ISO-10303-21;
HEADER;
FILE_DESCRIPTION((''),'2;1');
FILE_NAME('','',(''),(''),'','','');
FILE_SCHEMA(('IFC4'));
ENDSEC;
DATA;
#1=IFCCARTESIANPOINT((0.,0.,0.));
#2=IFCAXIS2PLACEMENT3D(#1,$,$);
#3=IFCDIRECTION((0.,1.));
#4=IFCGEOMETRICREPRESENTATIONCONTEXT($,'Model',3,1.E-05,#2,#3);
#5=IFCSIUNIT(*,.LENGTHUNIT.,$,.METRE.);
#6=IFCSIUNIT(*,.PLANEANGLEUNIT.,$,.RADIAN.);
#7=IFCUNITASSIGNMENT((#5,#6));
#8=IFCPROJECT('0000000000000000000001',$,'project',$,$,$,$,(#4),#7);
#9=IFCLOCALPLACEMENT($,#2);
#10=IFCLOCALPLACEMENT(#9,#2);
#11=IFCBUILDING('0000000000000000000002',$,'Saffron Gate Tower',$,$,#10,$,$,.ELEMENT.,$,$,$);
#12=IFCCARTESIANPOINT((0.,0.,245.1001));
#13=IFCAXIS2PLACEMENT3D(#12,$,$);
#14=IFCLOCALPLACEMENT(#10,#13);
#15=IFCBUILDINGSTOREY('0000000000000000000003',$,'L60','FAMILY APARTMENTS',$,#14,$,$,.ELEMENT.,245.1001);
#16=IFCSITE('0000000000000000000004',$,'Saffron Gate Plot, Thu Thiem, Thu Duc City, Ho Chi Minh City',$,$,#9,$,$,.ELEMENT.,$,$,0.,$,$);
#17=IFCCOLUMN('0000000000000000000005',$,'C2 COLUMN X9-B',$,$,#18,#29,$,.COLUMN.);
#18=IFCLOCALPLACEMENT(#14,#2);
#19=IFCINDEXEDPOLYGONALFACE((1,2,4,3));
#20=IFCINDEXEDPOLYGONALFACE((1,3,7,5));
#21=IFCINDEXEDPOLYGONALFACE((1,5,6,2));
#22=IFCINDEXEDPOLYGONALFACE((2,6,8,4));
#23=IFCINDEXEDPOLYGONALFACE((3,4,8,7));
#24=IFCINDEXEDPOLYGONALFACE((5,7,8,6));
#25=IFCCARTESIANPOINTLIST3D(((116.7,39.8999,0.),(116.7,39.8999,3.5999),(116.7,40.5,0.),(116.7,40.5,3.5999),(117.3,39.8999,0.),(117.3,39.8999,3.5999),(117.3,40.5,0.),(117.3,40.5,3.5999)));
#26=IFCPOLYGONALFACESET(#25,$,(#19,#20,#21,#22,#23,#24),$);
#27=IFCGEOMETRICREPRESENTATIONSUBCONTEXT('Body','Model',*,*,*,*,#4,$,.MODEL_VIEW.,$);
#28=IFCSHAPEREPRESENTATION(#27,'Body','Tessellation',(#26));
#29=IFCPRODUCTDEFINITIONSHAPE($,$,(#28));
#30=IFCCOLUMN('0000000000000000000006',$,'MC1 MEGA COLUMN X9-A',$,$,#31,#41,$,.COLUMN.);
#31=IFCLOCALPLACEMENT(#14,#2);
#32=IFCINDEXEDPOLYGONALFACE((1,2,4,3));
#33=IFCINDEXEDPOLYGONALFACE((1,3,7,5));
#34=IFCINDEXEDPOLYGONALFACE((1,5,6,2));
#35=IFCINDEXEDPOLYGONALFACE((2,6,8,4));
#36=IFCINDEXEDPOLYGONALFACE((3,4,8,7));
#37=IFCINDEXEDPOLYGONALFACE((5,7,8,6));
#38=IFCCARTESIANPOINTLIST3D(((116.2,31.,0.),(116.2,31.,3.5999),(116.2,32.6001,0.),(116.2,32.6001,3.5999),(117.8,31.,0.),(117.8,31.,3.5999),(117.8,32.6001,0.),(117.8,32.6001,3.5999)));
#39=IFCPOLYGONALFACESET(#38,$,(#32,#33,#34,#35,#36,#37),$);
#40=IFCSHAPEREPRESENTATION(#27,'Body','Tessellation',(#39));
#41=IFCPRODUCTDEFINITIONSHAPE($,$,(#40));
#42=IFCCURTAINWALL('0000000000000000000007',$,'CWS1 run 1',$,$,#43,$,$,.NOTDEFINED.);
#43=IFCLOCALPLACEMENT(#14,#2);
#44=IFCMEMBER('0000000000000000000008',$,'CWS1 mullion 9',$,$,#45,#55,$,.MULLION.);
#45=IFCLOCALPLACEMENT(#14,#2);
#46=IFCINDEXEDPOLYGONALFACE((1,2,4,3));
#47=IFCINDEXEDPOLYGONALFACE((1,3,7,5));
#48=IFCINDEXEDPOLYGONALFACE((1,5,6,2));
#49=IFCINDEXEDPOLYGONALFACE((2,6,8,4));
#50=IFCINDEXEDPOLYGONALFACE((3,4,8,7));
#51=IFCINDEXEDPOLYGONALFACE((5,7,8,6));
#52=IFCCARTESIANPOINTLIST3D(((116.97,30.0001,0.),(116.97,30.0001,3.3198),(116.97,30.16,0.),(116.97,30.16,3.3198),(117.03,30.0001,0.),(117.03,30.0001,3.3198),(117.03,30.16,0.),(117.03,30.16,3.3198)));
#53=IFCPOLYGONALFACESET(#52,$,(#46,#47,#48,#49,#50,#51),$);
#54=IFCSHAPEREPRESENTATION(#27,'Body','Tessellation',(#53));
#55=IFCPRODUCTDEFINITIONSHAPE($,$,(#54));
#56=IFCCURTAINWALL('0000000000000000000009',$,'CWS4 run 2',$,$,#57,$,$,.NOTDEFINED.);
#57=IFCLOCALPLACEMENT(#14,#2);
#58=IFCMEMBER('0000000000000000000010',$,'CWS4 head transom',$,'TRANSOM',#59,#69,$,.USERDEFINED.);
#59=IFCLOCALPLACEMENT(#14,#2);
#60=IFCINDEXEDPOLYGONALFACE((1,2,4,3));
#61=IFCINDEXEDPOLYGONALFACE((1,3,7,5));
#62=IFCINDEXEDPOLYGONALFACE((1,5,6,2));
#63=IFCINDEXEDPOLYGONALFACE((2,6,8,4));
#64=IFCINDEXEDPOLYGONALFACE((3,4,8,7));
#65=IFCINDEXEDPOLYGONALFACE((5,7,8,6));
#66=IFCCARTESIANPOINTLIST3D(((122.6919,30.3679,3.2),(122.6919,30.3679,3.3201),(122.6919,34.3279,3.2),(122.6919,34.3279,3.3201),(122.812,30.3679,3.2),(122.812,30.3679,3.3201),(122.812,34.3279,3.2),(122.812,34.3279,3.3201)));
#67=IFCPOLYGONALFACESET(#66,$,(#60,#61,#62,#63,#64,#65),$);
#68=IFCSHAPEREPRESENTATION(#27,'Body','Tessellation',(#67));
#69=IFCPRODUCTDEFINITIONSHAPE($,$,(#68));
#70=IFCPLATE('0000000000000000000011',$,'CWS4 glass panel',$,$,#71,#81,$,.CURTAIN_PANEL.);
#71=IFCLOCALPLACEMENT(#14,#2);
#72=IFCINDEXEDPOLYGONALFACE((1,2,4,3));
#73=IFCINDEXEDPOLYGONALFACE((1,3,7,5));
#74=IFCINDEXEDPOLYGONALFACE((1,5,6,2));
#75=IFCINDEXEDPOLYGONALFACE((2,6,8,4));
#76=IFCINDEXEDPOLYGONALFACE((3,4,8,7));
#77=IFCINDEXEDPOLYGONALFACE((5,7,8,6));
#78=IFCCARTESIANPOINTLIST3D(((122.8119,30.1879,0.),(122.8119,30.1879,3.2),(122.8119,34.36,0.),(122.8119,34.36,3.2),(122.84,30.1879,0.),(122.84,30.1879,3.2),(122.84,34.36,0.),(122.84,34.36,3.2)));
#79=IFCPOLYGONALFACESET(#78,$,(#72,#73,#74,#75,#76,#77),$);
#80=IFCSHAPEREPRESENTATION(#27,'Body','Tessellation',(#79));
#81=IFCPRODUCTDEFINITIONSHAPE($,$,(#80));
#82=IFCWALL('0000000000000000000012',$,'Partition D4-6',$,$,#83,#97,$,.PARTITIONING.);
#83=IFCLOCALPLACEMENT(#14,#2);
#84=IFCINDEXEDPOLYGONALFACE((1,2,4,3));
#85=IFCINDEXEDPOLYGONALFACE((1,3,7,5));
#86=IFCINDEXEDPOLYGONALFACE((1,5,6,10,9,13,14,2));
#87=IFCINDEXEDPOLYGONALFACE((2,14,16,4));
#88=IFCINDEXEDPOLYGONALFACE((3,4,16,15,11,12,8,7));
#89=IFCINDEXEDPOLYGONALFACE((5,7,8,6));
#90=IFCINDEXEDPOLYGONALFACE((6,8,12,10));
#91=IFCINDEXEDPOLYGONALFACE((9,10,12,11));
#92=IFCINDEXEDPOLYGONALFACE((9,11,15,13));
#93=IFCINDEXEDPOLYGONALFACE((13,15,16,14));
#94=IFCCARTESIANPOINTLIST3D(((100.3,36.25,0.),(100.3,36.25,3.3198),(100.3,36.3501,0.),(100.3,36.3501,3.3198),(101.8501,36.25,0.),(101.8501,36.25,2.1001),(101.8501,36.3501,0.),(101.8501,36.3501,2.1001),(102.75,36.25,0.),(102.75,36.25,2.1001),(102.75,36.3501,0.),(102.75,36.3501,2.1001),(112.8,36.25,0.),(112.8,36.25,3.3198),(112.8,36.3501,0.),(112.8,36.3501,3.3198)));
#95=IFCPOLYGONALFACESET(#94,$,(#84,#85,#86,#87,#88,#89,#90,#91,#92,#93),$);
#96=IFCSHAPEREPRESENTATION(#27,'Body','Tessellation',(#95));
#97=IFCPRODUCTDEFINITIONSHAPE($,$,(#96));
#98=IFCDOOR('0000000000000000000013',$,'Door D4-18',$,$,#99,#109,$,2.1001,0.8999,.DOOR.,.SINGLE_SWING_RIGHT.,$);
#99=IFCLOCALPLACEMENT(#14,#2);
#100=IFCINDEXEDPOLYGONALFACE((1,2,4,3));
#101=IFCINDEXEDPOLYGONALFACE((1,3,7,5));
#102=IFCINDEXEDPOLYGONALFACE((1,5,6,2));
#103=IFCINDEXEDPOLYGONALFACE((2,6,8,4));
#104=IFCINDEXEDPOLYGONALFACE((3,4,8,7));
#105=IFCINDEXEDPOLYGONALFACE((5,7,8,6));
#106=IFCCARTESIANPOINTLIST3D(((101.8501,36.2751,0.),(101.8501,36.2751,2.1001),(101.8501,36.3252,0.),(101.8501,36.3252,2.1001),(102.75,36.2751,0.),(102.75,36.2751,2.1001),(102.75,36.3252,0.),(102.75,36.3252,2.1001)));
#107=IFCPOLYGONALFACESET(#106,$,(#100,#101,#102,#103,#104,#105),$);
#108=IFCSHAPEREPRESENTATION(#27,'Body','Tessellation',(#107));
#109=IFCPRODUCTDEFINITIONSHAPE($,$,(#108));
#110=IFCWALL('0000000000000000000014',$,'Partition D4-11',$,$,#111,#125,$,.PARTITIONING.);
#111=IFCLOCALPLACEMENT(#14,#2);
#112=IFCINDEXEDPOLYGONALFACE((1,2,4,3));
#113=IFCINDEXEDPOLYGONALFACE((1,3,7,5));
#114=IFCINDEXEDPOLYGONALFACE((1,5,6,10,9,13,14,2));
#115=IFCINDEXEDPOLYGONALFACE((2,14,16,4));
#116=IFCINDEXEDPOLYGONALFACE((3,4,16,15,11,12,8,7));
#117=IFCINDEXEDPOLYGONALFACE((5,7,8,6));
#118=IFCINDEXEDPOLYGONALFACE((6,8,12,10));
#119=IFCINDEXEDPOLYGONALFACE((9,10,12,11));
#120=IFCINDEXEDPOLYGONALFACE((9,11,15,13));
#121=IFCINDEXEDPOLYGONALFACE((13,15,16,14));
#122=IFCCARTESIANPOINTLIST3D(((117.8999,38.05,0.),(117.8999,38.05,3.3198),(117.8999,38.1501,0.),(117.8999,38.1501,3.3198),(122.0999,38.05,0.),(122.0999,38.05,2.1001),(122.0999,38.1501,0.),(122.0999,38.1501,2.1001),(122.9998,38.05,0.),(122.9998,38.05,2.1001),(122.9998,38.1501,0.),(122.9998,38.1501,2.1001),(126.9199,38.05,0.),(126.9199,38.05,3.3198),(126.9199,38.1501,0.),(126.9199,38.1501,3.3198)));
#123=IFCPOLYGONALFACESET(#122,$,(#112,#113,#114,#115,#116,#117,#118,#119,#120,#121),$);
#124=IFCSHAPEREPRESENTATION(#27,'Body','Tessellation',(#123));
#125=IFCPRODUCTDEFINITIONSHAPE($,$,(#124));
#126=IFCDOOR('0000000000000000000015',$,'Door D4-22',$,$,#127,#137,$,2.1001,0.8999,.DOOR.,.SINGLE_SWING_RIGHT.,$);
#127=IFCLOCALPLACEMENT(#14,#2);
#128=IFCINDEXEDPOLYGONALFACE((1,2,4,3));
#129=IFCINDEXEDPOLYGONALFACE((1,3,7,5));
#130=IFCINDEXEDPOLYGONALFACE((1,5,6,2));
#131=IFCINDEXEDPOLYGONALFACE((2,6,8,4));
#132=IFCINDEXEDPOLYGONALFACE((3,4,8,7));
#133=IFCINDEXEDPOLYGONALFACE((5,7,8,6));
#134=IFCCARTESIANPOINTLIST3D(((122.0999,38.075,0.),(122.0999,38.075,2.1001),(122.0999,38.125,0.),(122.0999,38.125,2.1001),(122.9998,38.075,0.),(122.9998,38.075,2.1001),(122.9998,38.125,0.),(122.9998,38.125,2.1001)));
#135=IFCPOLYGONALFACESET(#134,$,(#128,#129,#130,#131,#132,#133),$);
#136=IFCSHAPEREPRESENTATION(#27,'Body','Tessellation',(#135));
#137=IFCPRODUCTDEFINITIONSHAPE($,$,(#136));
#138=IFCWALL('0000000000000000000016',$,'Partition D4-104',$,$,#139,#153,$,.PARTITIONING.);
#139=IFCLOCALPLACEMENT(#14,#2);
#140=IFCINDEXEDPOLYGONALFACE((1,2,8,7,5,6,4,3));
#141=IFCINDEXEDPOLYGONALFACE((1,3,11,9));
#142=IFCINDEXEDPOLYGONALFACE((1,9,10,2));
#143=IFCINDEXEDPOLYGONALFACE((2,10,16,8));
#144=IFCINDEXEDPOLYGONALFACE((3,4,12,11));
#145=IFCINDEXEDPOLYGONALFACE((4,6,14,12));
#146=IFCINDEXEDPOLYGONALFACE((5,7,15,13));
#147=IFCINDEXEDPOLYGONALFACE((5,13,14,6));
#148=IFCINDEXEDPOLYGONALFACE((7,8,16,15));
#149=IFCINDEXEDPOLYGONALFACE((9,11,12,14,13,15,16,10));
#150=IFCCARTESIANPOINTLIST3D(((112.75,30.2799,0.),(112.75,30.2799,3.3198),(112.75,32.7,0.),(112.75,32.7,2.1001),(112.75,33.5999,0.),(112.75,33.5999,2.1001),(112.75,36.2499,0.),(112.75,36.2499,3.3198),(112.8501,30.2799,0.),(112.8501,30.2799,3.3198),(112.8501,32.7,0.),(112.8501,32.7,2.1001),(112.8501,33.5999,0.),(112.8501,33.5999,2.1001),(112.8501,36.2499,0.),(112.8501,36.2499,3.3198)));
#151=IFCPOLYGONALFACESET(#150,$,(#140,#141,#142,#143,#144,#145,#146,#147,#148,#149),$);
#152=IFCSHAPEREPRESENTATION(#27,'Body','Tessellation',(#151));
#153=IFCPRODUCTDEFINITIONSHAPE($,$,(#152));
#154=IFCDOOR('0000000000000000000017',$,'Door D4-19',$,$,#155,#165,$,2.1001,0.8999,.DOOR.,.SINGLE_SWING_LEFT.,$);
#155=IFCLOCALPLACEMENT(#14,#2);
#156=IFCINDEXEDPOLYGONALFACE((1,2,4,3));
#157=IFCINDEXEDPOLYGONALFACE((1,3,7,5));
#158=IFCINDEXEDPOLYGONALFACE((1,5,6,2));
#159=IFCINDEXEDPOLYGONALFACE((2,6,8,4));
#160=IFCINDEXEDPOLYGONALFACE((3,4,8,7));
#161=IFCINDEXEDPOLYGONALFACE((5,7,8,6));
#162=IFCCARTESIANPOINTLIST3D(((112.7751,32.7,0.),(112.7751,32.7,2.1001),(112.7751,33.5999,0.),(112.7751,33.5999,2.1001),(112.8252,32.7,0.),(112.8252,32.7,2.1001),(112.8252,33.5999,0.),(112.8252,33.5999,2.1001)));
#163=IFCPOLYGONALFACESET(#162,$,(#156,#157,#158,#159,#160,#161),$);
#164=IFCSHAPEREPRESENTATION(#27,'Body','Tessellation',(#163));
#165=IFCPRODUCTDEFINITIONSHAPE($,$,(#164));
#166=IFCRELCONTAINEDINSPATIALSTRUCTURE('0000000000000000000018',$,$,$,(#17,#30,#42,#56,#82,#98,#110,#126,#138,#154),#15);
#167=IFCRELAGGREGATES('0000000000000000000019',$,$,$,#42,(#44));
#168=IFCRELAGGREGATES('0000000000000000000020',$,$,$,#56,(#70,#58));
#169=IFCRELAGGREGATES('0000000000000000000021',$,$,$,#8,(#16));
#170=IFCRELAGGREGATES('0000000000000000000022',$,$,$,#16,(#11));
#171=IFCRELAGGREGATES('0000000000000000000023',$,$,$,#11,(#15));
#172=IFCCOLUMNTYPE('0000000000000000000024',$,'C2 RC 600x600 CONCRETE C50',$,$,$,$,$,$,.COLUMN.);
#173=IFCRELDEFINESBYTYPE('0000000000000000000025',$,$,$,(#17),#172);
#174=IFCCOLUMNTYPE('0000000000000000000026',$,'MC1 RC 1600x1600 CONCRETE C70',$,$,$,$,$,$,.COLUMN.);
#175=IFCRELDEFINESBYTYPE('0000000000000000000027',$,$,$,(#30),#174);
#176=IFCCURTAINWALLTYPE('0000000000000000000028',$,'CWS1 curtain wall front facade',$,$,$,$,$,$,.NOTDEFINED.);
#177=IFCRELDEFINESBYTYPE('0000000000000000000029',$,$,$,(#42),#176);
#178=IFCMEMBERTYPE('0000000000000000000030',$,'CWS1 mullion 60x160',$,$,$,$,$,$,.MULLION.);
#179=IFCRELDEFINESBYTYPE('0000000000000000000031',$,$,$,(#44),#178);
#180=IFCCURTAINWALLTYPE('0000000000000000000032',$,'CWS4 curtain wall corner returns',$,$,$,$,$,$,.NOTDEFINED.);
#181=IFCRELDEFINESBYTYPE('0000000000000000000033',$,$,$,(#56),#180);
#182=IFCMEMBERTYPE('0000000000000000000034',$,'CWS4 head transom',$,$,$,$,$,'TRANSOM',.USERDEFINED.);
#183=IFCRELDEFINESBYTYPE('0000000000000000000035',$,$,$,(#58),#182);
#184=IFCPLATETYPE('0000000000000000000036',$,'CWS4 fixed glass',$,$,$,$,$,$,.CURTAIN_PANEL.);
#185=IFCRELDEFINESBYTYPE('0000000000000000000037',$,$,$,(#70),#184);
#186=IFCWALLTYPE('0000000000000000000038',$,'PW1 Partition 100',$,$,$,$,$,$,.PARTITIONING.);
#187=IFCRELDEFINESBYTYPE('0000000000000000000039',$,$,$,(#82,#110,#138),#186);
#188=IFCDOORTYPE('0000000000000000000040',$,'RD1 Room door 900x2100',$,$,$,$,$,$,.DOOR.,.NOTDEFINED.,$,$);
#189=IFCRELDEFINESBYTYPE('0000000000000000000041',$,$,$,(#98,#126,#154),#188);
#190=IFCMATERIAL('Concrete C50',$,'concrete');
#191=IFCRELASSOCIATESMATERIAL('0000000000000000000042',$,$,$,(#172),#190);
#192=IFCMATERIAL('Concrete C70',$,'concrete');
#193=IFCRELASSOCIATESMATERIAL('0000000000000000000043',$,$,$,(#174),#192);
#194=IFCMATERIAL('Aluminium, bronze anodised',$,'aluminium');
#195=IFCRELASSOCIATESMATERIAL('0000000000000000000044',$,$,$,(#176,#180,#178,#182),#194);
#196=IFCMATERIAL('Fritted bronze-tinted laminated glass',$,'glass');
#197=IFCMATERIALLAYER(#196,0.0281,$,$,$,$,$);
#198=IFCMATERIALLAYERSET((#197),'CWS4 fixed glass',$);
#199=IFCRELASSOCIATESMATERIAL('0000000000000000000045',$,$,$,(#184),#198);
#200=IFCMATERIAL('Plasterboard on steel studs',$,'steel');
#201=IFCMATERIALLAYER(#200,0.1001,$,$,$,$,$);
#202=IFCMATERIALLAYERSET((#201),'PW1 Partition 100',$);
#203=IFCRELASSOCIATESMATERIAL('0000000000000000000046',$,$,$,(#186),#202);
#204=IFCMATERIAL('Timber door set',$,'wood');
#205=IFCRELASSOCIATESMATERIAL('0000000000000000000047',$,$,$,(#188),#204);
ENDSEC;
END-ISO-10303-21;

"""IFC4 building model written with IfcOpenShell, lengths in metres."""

from ifc_helpers import new_model, si_unit, direction, frame, frame_2d, origin, origin_2d, place, context, subcontext, project, spatial, rectangle, extrude, material, layer, layer_set, material_profile, profile_set, type_object, element, fill, aggregate, save


model = new_model("IFC4")

# Units and contexts
model_context = context("Model", 3, precision=1e-05, world=origin(), true_north=direction((0.0, 1.0)))
body_context = subcontext(model_context, "Body", "Model", "MODEL_VIEW")
ifc_project = project(units=[si_unit("LENGTHUNIT", "METRE"), si_unit("PLANEANGLEUNIT", "RADIAN")], contexts=[model_context])

# Site, building, storey
site_placement = place(None, origin())
site = spatial("IfcSite", under=ifc_project, at=site_placement, Name="Saffron Gate Plot, Thu Thiem, Thu Duc City, Ho Chi Minh City", CompositionType="ELEMENT", RefElevation=0.0)
building_placement = place(site_placement, origin())
building = spatial("IfcBuilding", under=site, at=building_placement, Name="Saffron Gate Tower", CompositionType="ELEMENT")
storey_placement = place(building_placement, frame((0.0, 0.0, 245.1001)))
storey = spatial("IfcBuildingStorey", under=building, at=storey_placement, Name="L60", Description="FAMILY APARTMENTS", CompositionType="ELEMENT", Elevation=245.1001)

# Columns
ifc_material_1 = material(Name="Concrete C50", Category="concrete")
ifc_material_profile_1 = material_profile(ifc_material_1, rectangle(XDim=0.6001, YDim=0.6001, at=origin_2d()))
ifc_profile_set_1 = profile_set([ifc_material_profile_1], Name="Concrete C50")
column_type_1 = type_object("IfcColumnType", Name="C2 RC 600x600 CONCRETE C50", PredefinedType="COLUMN", material=ifc_profile_set_1)
column_1_placement = place(storey_placement, frame((117.0, 40.2, 0.0), z_axis=(0.0, 0.0, 1.0), x_axis=(1.0, 0.0, 0.0)))
element("IfcColumn", 1, at=column_1_placement, inside=storey, type_object=column_type_1, Name="C2 COLUMN X9-B", PredefinedType="COLUMN", context=body_context, shape_type="SweptSolid", body=[
    extrude(rectangle(XDim=0.6001, YDim=0.6001, at=origin_2d()), origin(), (0.0, 0.0, 1.0), 3.5999),
])
ifc_material_2 = material(Name="Concrete C70", Category="concrete")
ifc_material_profile_2 = material_profile(ifc_material_2, rectangle(XDim=1.6001, YDim=1.6001, at=origin_2d()))
ifc_profile_set_2 = profile_set([ifc_material_profile_2], Name="Concrete C70")
column_type_2 = type_object("IfcColumnType", Name="MC1 RC 1600x1600 CONCRETE C70", PredefinedType="COLUMN", material=ifc_profile_set_2)
column_2_placement = place(storey_placement, frame((117.0, 31.8, 0.0), z_axis=(0.0, 0.0, 1.0), x_axis=(1.0, 0.0, 0.0)))
element("IfcColumn", 2, at=column_2_placement, inside=storey, type_object=column_type_2, Name="MC1 MEGA COLUMN X9-A", PredefinedType="COLUMN", context=body_context, shape_type="SweptSolid", body=[
    extrude(rectangle(XDim=1.6001, YDim=1.6001, at=origin_2d()), origin(), (0.0, 0.0, 1.0), 3.5999),
])

# Curtain wall, member
ifc_material_3 = material(Name="Aluminium, bronze anodised", Category="aluminium")
curtain_wall_type_1 = type_object("IfcCurtainWallType", Name="CWS1 curtain wall front facade", PredefinedType="NOTDEFINED", material=ifc_material_3)
curtain_wall_1_placement = place(storey_placement, origin())
curtain_wall_1 = element("IfcCurtainWall", 3, at=curtain_wall_1_placement, inside=storey, type_object=curtain_wall_type_1, Name="CWS1 run 1", PredefinedType="NOTDEFINED")
ifc_material_profile_3 = material_profile(ifc_material_3, rectangle(XDim=0.1599, YDim=0.0601, at=origin_2d()))
ifc_profile_set_3 = profile_set([ifc_material_profile_3], Name="Aluminium, bronze anodised")
member_type_1 = type_object("IfcMemberType", Name="CWS1 mullion 60x160", PredefinedType="MULLION", material=ifc_profile_set_3)
member_1_placement = place(storey_placement, frame((117.0, 30.0801, 0.0), z_axis=(0.0, 0.0, 1.0), x_axis=(0.0, 1.0, 0.0)))
member_1 = element("IfcMember", 4, at=member_1_placement, type_object=member_type_1, Name="CWS1 mullion 9", PredefinedType="MULLION", context=body_context, shape_type="SweptSolid", body=[
    extrude(rectangle(XDim=0.1599, YDim=0.0601, at=origin_2d()), origin(), (0.0, 0.0, 1.0), 3.3198),
])
aggregate(curtain_wall_1, [member_1])

# Curtain wall, member, plate
curtain_wall_type_2 = type_object("IfcCurtainWallType", Name="CWS4 curtain wall corner returns", PredefinedType="NOTDEFINED", material=ifc_material_3)
curtain_wall_2_placement = place(storey_placement, origin())
curtain_wall_2 = element("IfcCurtainWall", 5, at=curtain_wall_2_placement, inside=storey, type_object=curtain_wall_type_2, Name="CWS4 run 2", PredefinedType="NOTDEFINED")
ifc_material_profile_4 = material_profile(ifc_material_3, rectangle(XDim=0.1201, YDim=0.1201, at=origin_2d()))
ifc_profile_set_4 = profile_set([ifc_material_profile_4], Name="Aluminium, bronze anodised")
member_type_2 = type_object("IfcMemberType", Name="CWS4 head transom", ElementType="TRANSOM", PredefinedType="USERDEFINED", material=ifc_profile_set_4)
member_2_placement = place(storey_placement, frame((122.752, 30.3679, 3.26), z_axis=(0.0, 1.0, 0.0), x_axis=(-1.0, 0.0, 0.0)))
member_2 = element("IfcMember", 6, at=member_2_placement, type_object=member_type_2, Name="CWS4 head transom", ObjectType="TRANSOM", PredefinedType="USERDEFINED", context=body_context, shape_type="SweptSolid", body=[
    extrude(rectangle(XDim=0.1201, YDim=0.1201, at=origin_2d()), origin(), (0.0, 0.0, 1.0), 3.96),
])
ifc_material_4 = material(Name="Fritted bronze-tinted laminated glass", Category="glass")
ifc_layer_1 = layer(ifc_material_4, 0.0281)
ifc_layer_set_1 = layer_set([ifc_layer_1], Name="CWS4 fixed glass")
plate_type = type_object("IfcPlateType", Name="CWS4 fixed glass", PredefinedType="CURTAIN_PANEL", material=ifc_layer_set_1)
plate_placement = place(storey_placement, frame((122.8259, 30.188, 0.0), z_axis=(0.0, 0.0, 1.0), x_axis=(0.0, 1.0, 0.0)))
plate = element("IfcPlate", 7, at=plate_placement, type_object=plate_type, Name="CWS4 glass panel", PredefinedType="CURTAIN_PANEL", context=body_context, shape_type="SweptSolid", body=[
    extrude(rectangle(XDim=4.1721, YDim=0.0281, at=frame_2d((2.0859, 0.0))), origin(), (0.0, 0.0, 1.0), 3.2),
])
aggregate(curtain_wall_2, [plate, member_2])

# Walls, openings, doors
ifc_material_5 = material(Name="Plasterboard on steel studs", Category="steel")
ifc_layer_2 = layer(ifc_material_5, 0.1001)
ifc_layer_set_2 = layer_set([ifc_layer_2], Name="PW1 Partition 100")
wall_type = type_object("IfcWallType", Name="PW1 Partition 100", PredefinedType="PARTITIONING", material=ifc_layer_set_2)
wall_1_placement = place(storey_placement, frame((112.8, 36.3, 0.0), z_axis=(0.0, 0.0, 1.0), x_axis=(-1.0, 0.0, 0.0)))
wall_1 = element("IfcWall", 8, at=wall_1_placement, inside=storey, type_object=wall_type, Name="Partition D4-6", PredefinedType="PARTITIONING", context=body_context, shape_type="SweptSolid", body=[
    extrude(rectangle(XDim=12.5, YDim=0.1001, at=frame_2d((6.25, 0.0))), origin(), (0.0, 0.0, 1.0), 3.3198),
])
opening_1_placement = place(wall_1_placement, frame((10.05, 0.0, 0.0)))
opening_1 = element("IfcOpeningElement", 9, at=opening_1_placement, cuts=wall_1, PredefinedType="OPENING", context=body_context, shape_type="SweptSolid", body=[
    extrude(rectangle(XDim=0.8999, YDim=2.1001, at=frame_2d((0.45, 1.05))), frame((0.0, 0.0601, 0.0), z_axis=(0.0, -1.0, 0.0), x_axis=(1.0, 0.0, 0.0)), (0.0, 0.0, 1.0), 0.1201),
])
ifc_material_6 = material(Name="Timber door set", Category="wood")
door_type = type_object("IfcDoorType", Name="RD1 Room door 900x2100", OperationType="NOTDEFINED", PredefinedType="DOOR", material=ifc_material_6)
door_1_placement = place(opening_1_placement, origin())
door_1 = element("IfcDoor", 10, at=door_1_placement, inside=storey, type_object=door_type, Name="Door D4-18", OperationType="SINGLE_SWING_RIGHT", OverallHeight=2.1001, OverallWidth=0.8999, PredefinedType="DOOR", context=body_context, shape_type="SweptSolid", body=[
    extrude(rectangle(XDim=0.8999, YDim=2.1001, at=frame_2d((0.45, 1.05))), frame((0.0, 0.0249, 0.0), z_axis=(0.0, -1.0, 0.0), x_axis=(1.0, 0.0, 0.0)), (0.0, 0.0, 1.0), 0.05),
])
fill(opening_1, door_1)
wall_2_placement = place(storey_placement, frame((117.8999, 38.1001, 0.0), z_axis=(0.0, 0.0, 1.0), x_axis=(1.0, 0.0, 0.0)))
wall_2 = element("IfcWall", 11, at=wall_2_placement, inside=storey, type_object=wall_type, Name="Partition D4-11", PredefinedType="PARTITIONING", context=body_context, shape_type="SweptSolid", body=[
    extrude(rectangle(XDim=9.02, YDim=0.1001, at=frame_2d((4.51, 0.0))), origin(), (0.0, 0.0, 1.0), 3.3198),
])
opening_2_placement = place(wall_2_placement, frame((4.2, 0.0, 0.0)))
opening_2 = element("IfcOpeningElement", 12, at=opening_2_placement, cuts=wall_2, PredefinedType="OPENING", context=body_context, shape_type="SweptSolid", body=[
    extrude(rectangle(XDim=0.8999, YDim=2.1001, at=frame_2d((0.45, 1.05))), frame((0.0, 0.0601, 0.0), z_axis=(0.0, -1.0, 0.0), x_axis=(1.0, 0.0, 0.0)), (0.0, 0.0, 1.0), 0.1201),
])
door_2_placement = place(opening_2_placement, origin())
door_2 = element("IfcDoor", 13, at=door_2_placement, inside=storey, type_object=door_type, Name="Door D4-22", OperationType="SINGLE_SWING_RIGHT", OverallHeight=2.1001, OverallWidth=0.8999, PredefinedType="DOOR", context=body_context, shape_type="SweptSolid", body=[
    extrude(rectangle(XDim=0.8999, YDim=2.1001, at=frame_2d((0.45, 1.05))), frame((0.0, 0.0249, 0.0), z_axis=(0.0, -1.0, 0.0), x_axis=(1.0, 0.0, 0.0)), (0.0, 0.0, 1.0), 0.05),
])
fill(opening_2, door_2)
wall_3_placement = place(storey_placement, frame((112.8, 30.28, 0.0), z_axis=(0.0, 0.0, 1.0), x_axis=(0.0, 1.0, 0.0)))
wall_3 = element("IfcWall", 14, at=wall_3_placement, inside=storey, type_object=wall_type, Name="Partition D4-104", PredefinedType="PARTITIONING", context=body_context, shape_type="SweptSolid", body=[
    extrude(rectangle(XDim=5.97, YDim=0.1001, at=frame_2d((2.9849, 0.0))), origin(), (0.0, 0.0, 1.0), 3.3198),
])
opening_3_placement = place(wall_3_placement, frame((2.4199, 0.0, 0.0)))
opening_3 = element("IfcOpeningElement", 15, at=opening_3_placement, cuts=wall_3, PredefinedType="OPENING", context=body_context, shape_type="SweptSolid", body=[
    extrude(rectangle(XDim=0.8999, YDim=2.1001, at=frame_2d((0.45, 1.05))), frame((0.0, 0.0601, 0.0), z_axis=(0.0, -1.0, 0.0), x_axis=(1.0, 0.0, 0.0)), (0.0, 0.0, 1.0), 0.1201),
])
door_3_placement = place(opening_3_placement, origin())
door_3 = element("IfcDoor", 16, at=door_3_placement, inside=storey, type_object=door_type, Name="Door D4-19", OperationType="SINGLE_SWING_LEFT", OverallHeight=2.1001, OverallWidth=0.8999, PredefinedType="DOOR", context=body_context, shape_type="SweptSolid", body=[
    extrude(rectangle(XDim=0.8999, YDim=2.1001, at=frame_2d((0.45, 1.05))), frame((0.0, 0.0249, 0.0), z_axis=(0.0, -1.0, 0.0), x_axis=(1.0, 0.0, 0.0)), (0.0, 0.0, 1.0), 0.05),
])
fill(opening_3, door_3)

save(model, "model.ifc")
